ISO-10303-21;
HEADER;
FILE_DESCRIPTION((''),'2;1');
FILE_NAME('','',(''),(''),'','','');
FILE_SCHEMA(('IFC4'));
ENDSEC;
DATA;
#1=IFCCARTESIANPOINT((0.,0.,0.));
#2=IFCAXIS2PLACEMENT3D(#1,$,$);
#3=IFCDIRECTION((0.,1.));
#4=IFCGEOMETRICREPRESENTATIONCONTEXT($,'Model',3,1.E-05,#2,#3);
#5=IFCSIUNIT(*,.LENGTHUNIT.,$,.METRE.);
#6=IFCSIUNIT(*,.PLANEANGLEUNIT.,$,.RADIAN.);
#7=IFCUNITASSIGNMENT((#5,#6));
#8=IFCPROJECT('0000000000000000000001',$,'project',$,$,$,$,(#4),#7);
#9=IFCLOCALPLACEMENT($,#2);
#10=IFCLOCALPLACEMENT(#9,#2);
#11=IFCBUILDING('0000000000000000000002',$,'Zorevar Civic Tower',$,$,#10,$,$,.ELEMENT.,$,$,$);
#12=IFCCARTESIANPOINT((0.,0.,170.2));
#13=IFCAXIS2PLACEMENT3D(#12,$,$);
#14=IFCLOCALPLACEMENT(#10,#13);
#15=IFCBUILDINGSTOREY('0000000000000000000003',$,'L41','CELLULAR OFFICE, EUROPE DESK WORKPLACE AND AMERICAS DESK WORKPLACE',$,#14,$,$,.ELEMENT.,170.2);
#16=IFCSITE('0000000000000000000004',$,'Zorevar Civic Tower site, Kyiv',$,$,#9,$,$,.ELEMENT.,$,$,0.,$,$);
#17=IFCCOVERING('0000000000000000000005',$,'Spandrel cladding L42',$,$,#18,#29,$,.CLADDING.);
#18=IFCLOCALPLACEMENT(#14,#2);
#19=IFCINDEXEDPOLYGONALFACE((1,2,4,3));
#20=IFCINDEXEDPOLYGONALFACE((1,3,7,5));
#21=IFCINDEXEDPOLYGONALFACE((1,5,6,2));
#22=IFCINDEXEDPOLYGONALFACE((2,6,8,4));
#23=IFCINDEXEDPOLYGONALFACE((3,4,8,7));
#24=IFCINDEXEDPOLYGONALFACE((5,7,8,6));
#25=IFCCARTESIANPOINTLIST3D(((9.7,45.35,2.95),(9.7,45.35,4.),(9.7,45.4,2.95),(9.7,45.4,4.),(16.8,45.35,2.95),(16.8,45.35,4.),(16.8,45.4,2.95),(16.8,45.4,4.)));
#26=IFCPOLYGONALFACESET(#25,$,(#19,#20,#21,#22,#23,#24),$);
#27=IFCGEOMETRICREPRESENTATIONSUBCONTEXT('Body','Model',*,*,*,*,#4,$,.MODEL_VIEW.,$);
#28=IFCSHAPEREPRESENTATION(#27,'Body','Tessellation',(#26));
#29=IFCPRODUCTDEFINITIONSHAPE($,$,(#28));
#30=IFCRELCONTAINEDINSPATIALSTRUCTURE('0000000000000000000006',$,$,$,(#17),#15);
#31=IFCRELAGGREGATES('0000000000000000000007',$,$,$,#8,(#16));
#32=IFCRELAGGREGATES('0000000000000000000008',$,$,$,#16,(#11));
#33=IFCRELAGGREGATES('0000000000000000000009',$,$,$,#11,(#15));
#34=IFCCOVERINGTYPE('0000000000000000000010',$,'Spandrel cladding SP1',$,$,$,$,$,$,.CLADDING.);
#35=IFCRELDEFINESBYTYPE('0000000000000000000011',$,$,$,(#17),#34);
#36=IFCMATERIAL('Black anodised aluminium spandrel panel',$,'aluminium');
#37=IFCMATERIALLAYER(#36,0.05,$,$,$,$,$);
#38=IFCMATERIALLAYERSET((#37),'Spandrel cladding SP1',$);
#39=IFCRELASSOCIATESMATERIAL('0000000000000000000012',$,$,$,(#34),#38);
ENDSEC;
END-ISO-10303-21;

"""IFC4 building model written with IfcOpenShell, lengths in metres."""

from ifc_helpers import new_model, si_unit, direction, frame, frame_2d, origin, place, context, subcontext, project, spatial, rectangle, extrude, material, layer, layer_set, type_object, element, save


model = new_model("IFC4")

# Units and contexts
model_context = context("Model", 3, precision=1e-05, world=origin(), true_north=direction((0.0, 1.0)))
body_context = subcontext(model_context, "Body", "Model", "MODEL_VIEW")
ifc_project = project(units=[si_unit("LENGTHUNIT", "METRE"), si_unit("PLANEANGLEUNIT", "RADIAN")], contexts=[model_context])

# Site, building, storey
site_placement = place(None, origin())
site = spatial("IfcSite", under=ifc_project, at=site_placement, Name="Zorevar Civic Tower site, Kyiv", CompositionType="ELEMENT", RefElevation=0.0)
building_placement = place(site_placement, origin())
building = spatial("IfcBuilding", under=site, at=building_placement, Name="Zorevar Civic Tower", CompositionType="ELEMENT")
storey_placement = place(building_placement, frame((0.0, 0.0, 170.2)))
storey = spatial("IfcBuildingStorey", under=building, at=storey_placement, Name="L41", Description="CELLULAR OFFICE, EUROPE DESK WORKPLACE AND AMERICAS DESK WORKPLACE", CompositionType="ELEMENT", Elevation=170.2)

# Covering
ifc_material_1 = material(Name="Black anodised aluminium spandrel panel", Category="aluminium")
ifc_layer_1 = layer(ifc_material_1, 0.05)
ifc_layer_set_1 = layer_set([ifc_layer_1], Name="Spandrel cladding SP1")
covering_type = type_object("IfcCoveringType", Name="Spandrel cladding SP1", PredefinedType="CLADDING", material=ifc_layer_set_1)
covering_placement = place(storey_placement, frame((9.7, 45.375, 2.95), z_axis=(0.0, 0.0, 1.0), x_axis=(1.0, 0.0, 0.0)))
element("IfcCovering", 1, at=covering_placement, inside=storey, type_object=covering_type, Name="Spandrel cladding L42", PredefinedType="CLADDING", context=body_context, shape_type="SweptSolid", body=[
    extrude(rectangle(XDim=7.1001, YDim=0.05, at=frame_2d((3.55, 0.0))), origin(), (0.0, 0.0, 1.0), 1.05),
])

save(model, "model.ifc")
